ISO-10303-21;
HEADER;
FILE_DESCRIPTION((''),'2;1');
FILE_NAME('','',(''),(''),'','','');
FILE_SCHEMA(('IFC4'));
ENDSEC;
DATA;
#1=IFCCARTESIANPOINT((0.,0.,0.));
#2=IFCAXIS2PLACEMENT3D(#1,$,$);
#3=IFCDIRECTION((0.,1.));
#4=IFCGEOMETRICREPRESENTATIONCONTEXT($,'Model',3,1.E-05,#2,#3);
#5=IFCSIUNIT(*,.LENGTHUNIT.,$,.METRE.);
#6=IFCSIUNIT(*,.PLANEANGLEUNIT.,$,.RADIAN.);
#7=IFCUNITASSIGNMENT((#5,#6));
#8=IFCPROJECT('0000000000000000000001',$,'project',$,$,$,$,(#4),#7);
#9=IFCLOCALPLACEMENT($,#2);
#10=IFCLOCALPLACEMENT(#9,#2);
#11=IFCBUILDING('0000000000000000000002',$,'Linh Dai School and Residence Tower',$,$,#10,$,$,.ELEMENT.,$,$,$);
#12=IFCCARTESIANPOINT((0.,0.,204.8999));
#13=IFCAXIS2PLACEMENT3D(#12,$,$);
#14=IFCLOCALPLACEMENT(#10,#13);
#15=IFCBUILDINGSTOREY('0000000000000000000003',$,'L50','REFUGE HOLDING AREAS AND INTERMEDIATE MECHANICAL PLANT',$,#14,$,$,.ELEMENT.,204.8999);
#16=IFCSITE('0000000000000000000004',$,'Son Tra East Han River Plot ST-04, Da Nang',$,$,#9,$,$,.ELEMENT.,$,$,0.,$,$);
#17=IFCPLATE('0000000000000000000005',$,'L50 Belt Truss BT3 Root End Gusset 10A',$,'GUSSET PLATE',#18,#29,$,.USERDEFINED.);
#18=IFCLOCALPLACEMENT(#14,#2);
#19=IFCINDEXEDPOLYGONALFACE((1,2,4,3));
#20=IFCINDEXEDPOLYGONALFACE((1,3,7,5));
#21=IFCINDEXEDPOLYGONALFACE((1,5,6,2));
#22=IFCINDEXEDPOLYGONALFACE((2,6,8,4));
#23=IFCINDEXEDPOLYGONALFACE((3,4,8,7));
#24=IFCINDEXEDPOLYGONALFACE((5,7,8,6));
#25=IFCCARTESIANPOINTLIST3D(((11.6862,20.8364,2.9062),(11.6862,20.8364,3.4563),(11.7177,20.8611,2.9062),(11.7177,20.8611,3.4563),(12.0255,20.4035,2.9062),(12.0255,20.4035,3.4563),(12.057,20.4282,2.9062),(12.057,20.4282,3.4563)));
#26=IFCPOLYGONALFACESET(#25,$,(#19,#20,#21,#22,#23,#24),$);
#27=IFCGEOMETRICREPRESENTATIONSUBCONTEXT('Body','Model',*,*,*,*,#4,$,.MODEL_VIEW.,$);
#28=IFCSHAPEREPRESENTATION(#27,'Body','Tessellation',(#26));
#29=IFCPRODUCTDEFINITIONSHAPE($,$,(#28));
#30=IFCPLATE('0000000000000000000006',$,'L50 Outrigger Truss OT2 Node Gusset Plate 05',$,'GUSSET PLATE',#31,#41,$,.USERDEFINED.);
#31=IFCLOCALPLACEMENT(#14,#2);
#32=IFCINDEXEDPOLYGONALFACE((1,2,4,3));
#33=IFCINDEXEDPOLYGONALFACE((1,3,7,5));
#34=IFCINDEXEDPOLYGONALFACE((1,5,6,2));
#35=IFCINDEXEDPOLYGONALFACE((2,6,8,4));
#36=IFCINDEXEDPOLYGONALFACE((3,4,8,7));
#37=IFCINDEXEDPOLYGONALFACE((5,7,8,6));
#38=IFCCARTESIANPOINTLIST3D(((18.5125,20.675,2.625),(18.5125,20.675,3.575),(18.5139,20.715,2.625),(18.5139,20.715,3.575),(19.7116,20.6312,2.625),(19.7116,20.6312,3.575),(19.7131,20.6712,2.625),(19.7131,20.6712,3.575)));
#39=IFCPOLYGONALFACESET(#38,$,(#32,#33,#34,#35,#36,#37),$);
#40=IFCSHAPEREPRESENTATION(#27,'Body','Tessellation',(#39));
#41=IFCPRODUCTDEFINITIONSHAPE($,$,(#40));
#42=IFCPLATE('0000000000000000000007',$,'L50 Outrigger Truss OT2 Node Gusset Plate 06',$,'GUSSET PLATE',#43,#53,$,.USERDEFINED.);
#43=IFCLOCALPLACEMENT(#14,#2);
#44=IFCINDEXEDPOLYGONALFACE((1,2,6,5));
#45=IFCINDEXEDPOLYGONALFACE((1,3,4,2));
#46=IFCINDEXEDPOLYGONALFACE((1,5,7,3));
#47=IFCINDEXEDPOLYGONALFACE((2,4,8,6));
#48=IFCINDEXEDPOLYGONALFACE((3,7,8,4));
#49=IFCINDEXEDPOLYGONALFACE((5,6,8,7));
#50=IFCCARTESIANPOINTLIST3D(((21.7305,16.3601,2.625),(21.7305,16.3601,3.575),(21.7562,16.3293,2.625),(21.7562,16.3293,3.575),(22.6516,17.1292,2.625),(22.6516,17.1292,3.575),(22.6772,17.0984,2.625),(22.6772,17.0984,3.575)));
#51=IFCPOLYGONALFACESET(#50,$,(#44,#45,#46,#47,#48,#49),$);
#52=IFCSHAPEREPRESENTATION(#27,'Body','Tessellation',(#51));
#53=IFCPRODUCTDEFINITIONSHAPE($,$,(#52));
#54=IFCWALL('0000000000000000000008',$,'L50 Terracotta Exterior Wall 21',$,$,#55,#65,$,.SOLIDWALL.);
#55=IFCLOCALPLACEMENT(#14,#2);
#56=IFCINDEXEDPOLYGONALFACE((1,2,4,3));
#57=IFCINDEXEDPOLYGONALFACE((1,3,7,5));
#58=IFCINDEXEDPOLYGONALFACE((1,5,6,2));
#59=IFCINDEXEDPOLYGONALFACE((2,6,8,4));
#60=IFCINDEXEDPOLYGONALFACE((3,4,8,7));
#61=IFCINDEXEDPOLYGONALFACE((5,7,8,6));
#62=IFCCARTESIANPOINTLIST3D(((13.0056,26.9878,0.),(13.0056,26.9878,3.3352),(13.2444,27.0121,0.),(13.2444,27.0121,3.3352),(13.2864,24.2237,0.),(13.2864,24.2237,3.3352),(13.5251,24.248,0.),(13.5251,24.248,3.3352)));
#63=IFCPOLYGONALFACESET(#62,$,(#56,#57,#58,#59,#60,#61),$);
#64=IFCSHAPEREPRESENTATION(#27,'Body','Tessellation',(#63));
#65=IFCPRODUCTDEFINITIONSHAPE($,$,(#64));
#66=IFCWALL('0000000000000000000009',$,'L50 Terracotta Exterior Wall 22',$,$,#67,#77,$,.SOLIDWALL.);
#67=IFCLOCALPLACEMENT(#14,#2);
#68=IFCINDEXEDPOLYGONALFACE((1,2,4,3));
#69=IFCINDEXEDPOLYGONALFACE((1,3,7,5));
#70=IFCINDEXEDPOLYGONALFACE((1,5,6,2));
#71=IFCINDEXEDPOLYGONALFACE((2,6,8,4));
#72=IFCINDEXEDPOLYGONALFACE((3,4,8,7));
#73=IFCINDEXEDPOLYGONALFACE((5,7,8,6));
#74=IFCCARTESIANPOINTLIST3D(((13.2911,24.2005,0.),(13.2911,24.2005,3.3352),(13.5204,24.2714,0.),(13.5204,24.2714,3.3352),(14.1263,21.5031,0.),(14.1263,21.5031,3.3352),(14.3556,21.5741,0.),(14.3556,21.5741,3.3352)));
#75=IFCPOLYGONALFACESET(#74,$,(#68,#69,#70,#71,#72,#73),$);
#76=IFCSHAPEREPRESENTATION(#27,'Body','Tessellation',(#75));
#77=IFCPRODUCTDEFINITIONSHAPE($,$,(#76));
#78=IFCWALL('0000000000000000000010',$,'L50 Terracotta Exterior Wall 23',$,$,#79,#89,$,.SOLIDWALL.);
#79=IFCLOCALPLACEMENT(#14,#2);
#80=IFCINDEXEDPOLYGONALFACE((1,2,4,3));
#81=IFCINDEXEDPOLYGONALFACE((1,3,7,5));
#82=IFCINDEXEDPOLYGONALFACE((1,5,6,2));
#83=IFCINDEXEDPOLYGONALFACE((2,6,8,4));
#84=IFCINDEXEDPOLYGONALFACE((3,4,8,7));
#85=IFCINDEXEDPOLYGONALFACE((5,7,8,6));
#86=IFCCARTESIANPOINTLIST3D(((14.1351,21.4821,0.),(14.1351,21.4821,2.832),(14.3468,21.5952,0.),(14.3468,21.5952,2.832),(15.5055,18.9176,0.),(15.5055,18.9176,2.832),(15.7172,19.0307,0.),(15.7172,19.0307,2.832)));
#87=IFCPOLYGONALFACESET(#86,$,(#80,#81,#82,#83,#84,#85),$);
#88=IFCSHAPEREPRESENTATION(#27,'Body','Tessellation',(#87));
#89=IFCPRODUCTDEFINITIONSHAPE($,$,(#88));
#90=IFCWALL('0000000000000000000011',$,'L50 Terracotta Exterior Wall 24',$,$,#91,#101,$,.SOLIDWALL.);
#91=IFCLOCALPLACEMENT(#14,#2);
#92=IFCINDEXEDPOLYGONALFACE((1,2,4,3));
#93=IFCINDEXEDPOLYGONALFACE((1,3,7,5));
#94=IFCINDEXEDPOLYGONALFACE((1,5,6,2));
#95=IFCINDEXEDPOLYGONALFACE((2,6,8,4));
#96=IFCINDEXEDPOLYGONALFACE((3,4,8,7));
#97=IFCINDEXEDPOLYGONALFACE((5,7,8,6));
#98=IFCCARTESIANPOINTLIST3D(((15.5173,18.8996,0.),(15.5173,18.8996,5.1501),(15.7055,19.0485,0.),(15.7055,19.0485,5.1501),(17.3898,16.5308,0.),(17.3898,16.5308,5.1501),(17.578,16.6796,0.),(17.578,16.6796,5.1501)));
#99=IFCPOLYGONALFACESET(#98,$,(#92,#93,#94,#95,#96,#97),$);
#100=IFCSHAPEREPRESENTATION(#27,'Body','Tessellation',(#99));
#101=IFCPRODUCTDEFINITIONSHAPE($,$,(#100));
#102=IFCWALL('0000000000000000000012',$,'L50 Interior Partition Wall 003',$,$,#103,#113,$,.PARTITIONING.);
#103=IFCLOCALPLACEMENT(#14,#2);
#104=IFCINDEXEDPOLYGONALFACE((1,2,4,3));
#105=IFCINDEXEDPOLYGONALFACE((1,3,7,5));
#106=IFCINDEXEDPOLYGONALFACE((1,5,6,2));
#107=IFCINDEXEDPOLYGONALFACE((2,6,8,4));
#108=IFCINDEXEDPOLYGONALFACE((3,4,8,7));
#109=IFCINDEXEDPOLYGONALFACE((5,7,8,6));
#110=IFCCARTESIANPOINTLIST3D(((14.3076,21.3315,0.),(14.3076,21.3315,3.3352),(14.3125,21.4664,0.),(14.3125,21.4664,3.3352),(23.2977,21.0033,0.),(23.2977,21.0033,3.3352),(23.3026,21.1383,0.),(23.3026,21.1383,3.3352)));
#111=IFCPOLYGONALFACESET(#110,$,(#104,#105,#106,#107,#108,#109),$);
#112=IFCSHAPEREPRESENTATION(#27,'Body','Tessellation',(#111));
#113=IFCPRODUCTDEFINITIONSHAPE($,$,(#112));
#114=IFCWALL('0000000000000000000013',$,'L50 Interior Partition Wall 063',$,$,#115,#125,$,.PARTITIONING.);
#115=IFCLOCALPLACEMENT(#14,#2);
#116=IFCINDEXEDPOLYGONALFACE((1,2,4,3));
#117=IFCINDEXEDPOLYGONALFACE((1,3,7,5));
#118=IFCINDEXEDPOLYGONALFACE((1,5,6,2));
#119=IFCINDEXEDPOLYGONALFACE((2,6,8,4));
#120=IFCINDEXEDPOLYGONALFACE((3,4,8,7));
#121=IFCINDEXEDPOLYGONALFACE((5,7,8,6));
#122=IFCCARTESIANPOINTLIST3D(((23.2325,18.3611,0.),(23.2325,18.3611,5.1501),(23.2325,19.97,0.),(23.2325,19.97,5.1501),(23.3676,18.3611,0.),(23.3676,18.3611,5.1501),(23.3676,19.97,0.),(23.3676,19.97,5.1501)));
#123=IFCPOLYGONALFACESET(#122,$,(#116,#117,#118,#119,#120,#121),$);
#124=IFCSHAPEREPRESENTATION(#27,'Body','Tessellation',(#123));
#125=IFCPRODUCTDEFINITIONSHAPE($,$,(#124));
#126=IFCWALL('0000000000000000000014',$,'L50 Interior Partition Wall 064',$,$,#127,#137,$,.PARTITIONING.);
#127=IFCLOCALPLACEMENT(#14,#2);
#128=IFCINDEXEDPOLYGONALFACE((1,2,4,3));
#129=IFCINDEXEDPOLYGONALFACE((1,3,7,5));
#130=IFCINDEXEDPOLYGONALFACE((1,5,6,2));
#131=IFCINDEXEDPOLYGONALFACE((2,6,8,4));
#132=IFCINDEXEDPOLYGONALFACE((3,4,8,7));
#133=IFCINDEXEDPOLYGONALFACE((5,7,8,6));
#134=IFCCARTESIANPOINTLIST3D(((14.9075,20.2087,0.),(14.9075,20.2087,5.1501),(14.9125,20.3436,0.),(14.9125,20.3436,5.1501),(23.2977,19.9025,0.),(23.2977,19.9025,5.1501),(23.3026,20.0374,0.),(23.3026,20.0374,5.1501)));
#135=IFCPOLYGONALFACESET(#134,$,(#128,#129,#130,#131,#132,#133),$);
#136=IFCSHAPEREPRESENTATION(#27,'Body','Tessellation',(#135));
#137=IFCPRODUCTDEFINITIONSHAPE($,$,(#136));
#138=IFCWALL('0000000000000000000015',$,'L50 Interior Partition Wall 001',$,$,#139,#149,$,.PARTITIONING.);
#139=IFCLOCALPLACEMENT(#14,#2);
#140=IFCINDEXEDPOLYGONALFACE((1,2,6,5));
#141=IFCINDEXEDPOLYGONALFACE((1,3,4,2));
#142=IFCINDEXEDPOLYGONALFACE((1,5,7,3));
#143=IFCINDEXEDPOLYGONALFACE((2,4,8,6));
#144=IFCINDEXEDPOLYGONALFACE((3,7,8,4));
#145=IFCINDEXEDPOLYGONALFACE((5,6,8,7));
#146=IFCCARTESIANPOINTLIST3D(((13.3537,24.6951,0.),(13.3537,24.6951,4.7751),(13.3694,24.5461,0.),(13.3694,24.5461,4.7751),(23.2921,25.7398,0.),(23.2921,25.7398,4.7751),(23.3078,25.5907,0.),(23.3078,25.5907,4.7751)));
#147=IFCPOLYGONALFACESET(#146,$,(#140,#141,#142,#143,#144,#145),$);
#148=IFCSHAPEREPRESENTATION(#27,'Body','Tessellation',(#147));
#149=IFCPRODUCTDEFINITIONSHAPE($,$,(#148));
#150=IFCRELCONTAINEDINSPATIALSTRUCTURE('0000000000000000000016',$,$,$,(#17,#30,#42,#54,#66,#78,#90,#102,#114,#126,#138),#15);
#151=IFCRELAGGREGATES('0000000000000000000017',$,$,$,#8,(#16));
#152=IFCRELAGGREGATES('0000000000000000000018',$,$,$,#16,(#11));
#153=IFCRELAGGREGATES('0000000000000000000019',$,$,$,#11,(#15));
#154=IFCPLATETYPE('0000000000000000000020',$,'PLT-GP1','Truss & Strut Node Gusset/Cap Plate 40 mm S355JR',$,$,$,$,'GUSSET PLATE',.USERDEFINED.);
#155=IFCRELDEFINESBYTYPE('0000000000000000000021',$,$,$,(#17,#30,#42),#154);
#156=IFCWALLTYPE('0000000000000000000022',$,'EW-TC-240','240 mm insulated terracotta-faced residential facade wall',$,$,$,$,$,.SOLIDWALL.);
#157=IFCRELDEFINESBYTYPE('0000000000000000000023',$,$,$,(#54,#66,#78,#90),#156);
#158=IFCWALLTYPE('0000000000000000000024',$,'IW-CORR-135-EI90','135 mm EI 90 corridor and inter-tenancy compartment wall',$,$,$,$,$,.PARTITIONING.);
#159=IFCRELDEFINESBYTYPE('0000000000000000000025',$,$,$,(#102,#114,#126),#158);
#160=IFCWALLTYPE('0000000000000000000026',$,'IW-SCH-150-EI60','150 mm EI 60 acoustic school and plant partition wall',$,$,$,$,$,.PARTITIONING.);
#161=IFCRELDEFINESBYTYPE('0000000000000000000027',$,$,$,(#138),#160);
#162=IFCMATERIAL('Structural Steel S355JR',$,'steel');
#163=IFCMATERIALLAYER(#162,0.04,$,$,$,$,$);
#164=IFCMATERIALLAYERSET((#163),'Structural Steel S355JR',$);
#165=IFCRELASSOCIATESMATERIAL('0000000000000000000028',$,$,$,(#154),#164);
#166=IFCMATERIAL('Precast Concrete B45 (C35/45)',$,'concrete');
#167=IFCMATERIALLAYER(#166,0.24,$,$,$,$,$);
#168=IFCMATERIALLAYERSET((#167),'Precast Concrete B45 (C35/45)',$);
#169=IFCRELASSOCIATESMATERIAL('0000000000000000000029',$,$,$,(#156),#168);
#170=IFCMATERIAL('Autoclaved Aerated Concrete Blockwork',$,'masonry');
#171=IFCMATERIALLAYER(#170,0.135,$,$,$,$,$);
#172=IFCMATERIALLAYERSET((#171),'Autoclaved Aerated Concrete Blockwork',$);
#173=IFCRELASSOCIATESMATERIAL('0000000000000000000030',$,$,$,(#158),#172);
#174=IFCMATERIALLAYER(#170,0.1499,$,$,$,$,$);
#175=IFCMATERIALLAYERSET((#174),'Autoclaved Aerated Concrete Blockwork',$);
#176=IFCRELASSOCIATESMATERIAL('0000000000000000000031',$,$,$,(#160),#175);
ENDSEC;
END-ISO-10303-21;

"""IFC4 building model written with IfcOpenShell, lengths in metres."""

from ifc_helpers import new_model, si_unit, direction, frame, frame_2d, origin, origin_2d, place, context, subcontext, project, spatial, rectangle, extrude, source, transform, mapped, material, layer, layer_set, type_object, element, save


model = new_model("IFC4")

# Units and contexts
model_context = context("Model", 3, precision=1e-05, world=origin(), true_north=direction((0.0, 1.0)))
body_context = subcontext(model_context, "Body", "Model", "MODEL_VIEW")
ifc_project = project(units=[si_unit("LENGTHUNIT", "METRE"), si_unit("PLANEANGLEUNIT", "RADIAN")], contexts=[model_context])

# Site, building, storey
site_placement = place(None, origin())
site = spatial("IfcSite", under=ifc_project, at=site_placement, Name="Son Tra East Han River Plot ST-04, Da Nang", CompositionType="ELEMENT", RefElevation=0.0)
building_placement = place(site_placement, origin())
building = spatial("IfcBuilding", under=site, at=building_placement, Name="Linh Dai School and Residence Tower", CompositionType="ELEMENT")
storey_placement = place(building_placement, frame((0.0, 0.0, 204.8999)))
storey = spatial("IfcBuildingStorey", under=building, at=storey_placement, Name="L50", Description="REFUGE HOLDING AREAS AND INTERMEDIATE MECHANICAL PLANT", CompositionType="ELEMENT", Elevation=204.8999)

# Shared definitions
ifc_material_1 = material(Name="Structural Steel S355JR", Category="steel")

# Plates
ifc_layer_1 = layer(ifc_material_1, 0.04)
ifc_layer_set_1 = layer_set([ifc_layer_1], Name="Structural Steel S355JR")
plate_type = type_object("IfcPlateType", Name="PLT-GP1", Description="Truss & Strut Node Gusset/Cap Plate 40 mm S355JR", ElementType="GUSSET PLATE", PredefinedType="USERDEFINED", material=ifc_layer_set_1)
shared_shape_1 = source(origin(), body_context, "Body", "SweptSolid", [
    extrude(rectangle(XDim=0.55, YDim=0.04, at=origin_2d()), origin(), (0.0, 0.0, 1.0), 0.55),
])
for number, where, z_axis, x_axis, name in (
    (1, (11.8716, 20.6323, 2.9062), (0.0, 0.0, 1.0), (0.616843, -0.787087, 0.0), "L50 Belt Truss BT3 Root End Gusset 10A"),
):
    element("IfcPlate", number, at=place(storey_placement, frame(where, z_axis=z_axis, x_axis=x_axis)), inside=storey, type_object=plate_type, Name=name, ObjectType="GUSSET PLATE", PredefinedType="USERDEFINED", context=body_context, shape_type="MappedRepresentation", body=[
        mapped(shared_shape_1, transform((0.0, 0.0, 0.0), x_axis=(1.0, 0.0, 0.0), y_axis=(0.0, 1.0, 0.0), z_axis=(0.0, 0.0, 1.0), scale=1.0)),
    ])
shared_shape_2 = source(origin(), body_context, "Body", "SweptSolid", [
    extrude(rectangle(XDim=1.2, YDim=0.04, at=origin_2d()), origin(), (0.0, 0.0, 1.0), 0.95),
])
for number, where, z_axis, x_axis, name in (
    (2, (19.1128, 20.6731, 2.625), (0.0, 0.0, 1.0), (-0.999335, 0.036466, 0.0), "L50 Outrigger Truss OT2 Node Gusset Plate 05"),
    (3, (22.2039, 16.7292, 2.625), (0.0, 0.0, 1.0), (-0.767593, -0.640938, 0.0), "L50 Outrigger Truss OT2 Node Gusset Plate 06"),
):
    element("IfcPlate", number, at=place(storey_placement, frame(where, z_axis=z_axis, x_axis=x_axis)), inside=storey, type_object=plate_type, Name=name, ObjectType="GUSSET PLATE", PredefinedType="USERDEFINED", context=body_context, shape_type="MappedRepresentation", body=[
        mapped(shared_shape_2, transform((0.0, 0.0, 0.0), x_axis=(1.0, 0.0, 0.0), y_axis=(0.0, 1.0, 0.0), z_axis=(0.0, 0.0, 1.0), scale=1.0)),
    ])

# Walls
ifc_material_2 = material(Name="Precast Concrete B45 (C35/45)", Category="concrete")
ifc_layer_2 = layer(ifc_material_2, 0.24)
ifc_layer_set_2 = layer_set([ifc_layer_2], Name="Precast Concrete B45 (C35/45)")
wall_type_1 = type_object("IfcWallType", Name="EW-TC-240", Description="240 mm insulated terracotta-faced residential facade wall", PredefinedType="SOLIDWALL", material=ifc_layer_set_2)
wall_1_placement = place(storey_placement, frame((13.4058, 24.2358, 0.0), z_axis=(0.0, 0.0, 1.0), x_axis=(-0.101052, 0.994881, 0.0)))
element("IfcWall", 4, at=wall_1_placement, inside=storey, type_object=wall_type_1, Name="L50 Terracotta Exterior Wall 21", PredefinedType="SOLIDWALL", context=body_context, shape_type="SweptSolid", body=[
    extrude(rectangle(XDim=2.7783, YDim=0.24, at=frame_2d((1.3892, 0.0))), origin(), (0.0, 0.0, 1.0), 3.3352),
])
wall_2_placement = place(storey_placement, frame((14.241, 21.5386, 0.0), z_axis=(0.0, 0.0, 1.0), x_axis=(-0.295793, 0.955252, 0.0)))
element("IfcWall", 5, at=wall_2_placement, inside=storey, type_object=wall_type_1, Name="L50 Terracotta Exterior Wall 22", PredefinedType="SOLIDWALL", context=body_context, shape_type="SweptSolid", body=[
    extrude(rectangle(XDim=2.8237, YDim=0.24, at=frame_2d((1.4119, 0.0))), origin(), (0.0, 0.0, 1.0), 3.3352),
])
wall_3_placement = place(storey_placement, frame((15.6113, 18.9741, 0.0), z_axis=(0.0, 0.0, 1.0), x_axis=(-0.471298, 0.881974, 0.0)))
element("IfcWall", 6, at=wall_3_placement, inside=storey, type_object=wall_type_1, Name="L50 Terracotta Exterior Wall 23", PredefinedType="SOLIDWALL", context=body_context, shape_type="SweptSolid", body=[
    extrude(rectangle(XDim=2.9077, YDim=0.24, at=frame_2d((1.4539, 0.0))), origin(), (0.0, 0.0, 1.0), 2.832),
])
wall_4_placement = place(storey_placement, frame((17.4839, 16.6052, 0.0), z_axis=(0.0, 0.0, 1.0), x_axis=(-0.620129, 0.7845, 0.0)))
element("IfcWall", 7, at=wall_4_placement, inside=storey, type_object=wall_type_1, Name="L50 Terracotta Exterior Wall 24", PredefinedType="SOLIDWALL", context=body_context, shape_type="SweptSolid", body=[
    extrude(rectangle(XDim=3.0195, YDim=0.24, at=frame_2d((1.5098, 0.0))), origin(), (0.0, 0.0, 1.0), 5.1501),
])
ifc_material_3 = material(Name="Autoclaved Aerated Concrete Blockwork", Category="masonry")
ifc_layer_3 = layer(ifc_material_3, 0.135)
ifc_layer_set_3 = layer_set([ifc_layer_3], Name="Autoclaved Aerated Concrete Blockwork")
wall_type_2 = type_object("IfcWallType", Name="IW-CORR-135-EI90", Description="135 mm EI 90 corridor and inter-tenancy compartment wall", PredefinedType="PARTITIONING", material=ifc_layer_set_3)
wall_5_placement = place(storey_placement, frame((14.3101, 21.3989, 0.0), z_axis=(0.0, 0.0, 1.0), x_axis=(0.999335, -0.036475, 0.0)))
element("IfcWall", 8, at=wall_5_placement, inside=storey, type_object=wall_type_2, Name="L50 Interior Partition Wall 003", PredefinedType="PARTITIONING", context=body_context, shape_type="SweptSolid", body=[
    extrude(rectangle(XDim=8.9961, YDim=0.135, at=frame_2d((4.498, 0.0))), origin(), (0.0, 0.0, 1.0), 3.3352),
])

# Walls
wall_6_placement = place(storey_placement, frame((23.3, 18.3611, 0.0), z_axis=(0.0, 0.0, 1.0), x_axis=(0.0, 1.0, 0.0)))
element("IfcWall", 9, at=wall_6_placement, inside=storey, type_object=wall_type_2, Name="L50 Interior Partition Wall 063", PredefinedType="PARTITIONING", context=body_context, shape_type="SweptSolid", body=[
    extrude(rectangle(XDim=1.6089, YDim=0.135, at=frame_2d((0.8044, 0.0))), origin(), (0.0, 0.0, 1.0), 5.1501),
])
wall_7_placement = place(storey_placement, frame((23.3, 19.97, 0.0), z_axis=(0.0, 0.0, 1.0), x_axis=(-0.999335, 0.036465, 0.0)))
element("IfcWall", 10, at=wall_7_placement, inside=storey, type_object=wall_type_2, Name="L50 Interior Partition Wall 064", PredefinedType="PARTITIONING", context=body_context, shape_type="SweptSolid", body=[
    extrude(rectangle(XDim=8.3958, YDim=0.135, at=frame_2d((4.1978, 0.0))), origin(), (0.0, 0.0, 1.0), 5.1501),
])
ifc_layer_4 = layer(ifc_material_3, 0.1499)
ifc_layer_set_4 = layer_set([ifc_layer_4], Name="Autoclaved Aerated Concrete Blockwork")
wall_type_3 = type_object("IfcWallType", Name="IW-SCH-150-EI60", Description="150 mm EI 60 acoustic school and plant partition wall", PredefinedType="PARTITIONING", material=ifc_layer_set_4)
wall_8_placement = place(storey_placement, frame((13.3616, 24.6206, 0.0), z_axis=(0.0, 0.0, 1.0), x_axis=(0.994521, 0.104539, 0.0)))
element("IfcWall", 11, at=wall_8_placement, inside=storey, type_object=wall_type_3, Name="L50 Interior Partition Wall 001", PredefinedType="PARTITIONING", context=body_context, shape_type="SweptSolid", body=[
    extrude(rectangle(XDim=9.9932, YDim=0.1499, at=frame_2d((4.9966, 0.0))), origin(), (0.0, 0.0, 1.0), 4.7751),
])

save(model, "model.ifc")
